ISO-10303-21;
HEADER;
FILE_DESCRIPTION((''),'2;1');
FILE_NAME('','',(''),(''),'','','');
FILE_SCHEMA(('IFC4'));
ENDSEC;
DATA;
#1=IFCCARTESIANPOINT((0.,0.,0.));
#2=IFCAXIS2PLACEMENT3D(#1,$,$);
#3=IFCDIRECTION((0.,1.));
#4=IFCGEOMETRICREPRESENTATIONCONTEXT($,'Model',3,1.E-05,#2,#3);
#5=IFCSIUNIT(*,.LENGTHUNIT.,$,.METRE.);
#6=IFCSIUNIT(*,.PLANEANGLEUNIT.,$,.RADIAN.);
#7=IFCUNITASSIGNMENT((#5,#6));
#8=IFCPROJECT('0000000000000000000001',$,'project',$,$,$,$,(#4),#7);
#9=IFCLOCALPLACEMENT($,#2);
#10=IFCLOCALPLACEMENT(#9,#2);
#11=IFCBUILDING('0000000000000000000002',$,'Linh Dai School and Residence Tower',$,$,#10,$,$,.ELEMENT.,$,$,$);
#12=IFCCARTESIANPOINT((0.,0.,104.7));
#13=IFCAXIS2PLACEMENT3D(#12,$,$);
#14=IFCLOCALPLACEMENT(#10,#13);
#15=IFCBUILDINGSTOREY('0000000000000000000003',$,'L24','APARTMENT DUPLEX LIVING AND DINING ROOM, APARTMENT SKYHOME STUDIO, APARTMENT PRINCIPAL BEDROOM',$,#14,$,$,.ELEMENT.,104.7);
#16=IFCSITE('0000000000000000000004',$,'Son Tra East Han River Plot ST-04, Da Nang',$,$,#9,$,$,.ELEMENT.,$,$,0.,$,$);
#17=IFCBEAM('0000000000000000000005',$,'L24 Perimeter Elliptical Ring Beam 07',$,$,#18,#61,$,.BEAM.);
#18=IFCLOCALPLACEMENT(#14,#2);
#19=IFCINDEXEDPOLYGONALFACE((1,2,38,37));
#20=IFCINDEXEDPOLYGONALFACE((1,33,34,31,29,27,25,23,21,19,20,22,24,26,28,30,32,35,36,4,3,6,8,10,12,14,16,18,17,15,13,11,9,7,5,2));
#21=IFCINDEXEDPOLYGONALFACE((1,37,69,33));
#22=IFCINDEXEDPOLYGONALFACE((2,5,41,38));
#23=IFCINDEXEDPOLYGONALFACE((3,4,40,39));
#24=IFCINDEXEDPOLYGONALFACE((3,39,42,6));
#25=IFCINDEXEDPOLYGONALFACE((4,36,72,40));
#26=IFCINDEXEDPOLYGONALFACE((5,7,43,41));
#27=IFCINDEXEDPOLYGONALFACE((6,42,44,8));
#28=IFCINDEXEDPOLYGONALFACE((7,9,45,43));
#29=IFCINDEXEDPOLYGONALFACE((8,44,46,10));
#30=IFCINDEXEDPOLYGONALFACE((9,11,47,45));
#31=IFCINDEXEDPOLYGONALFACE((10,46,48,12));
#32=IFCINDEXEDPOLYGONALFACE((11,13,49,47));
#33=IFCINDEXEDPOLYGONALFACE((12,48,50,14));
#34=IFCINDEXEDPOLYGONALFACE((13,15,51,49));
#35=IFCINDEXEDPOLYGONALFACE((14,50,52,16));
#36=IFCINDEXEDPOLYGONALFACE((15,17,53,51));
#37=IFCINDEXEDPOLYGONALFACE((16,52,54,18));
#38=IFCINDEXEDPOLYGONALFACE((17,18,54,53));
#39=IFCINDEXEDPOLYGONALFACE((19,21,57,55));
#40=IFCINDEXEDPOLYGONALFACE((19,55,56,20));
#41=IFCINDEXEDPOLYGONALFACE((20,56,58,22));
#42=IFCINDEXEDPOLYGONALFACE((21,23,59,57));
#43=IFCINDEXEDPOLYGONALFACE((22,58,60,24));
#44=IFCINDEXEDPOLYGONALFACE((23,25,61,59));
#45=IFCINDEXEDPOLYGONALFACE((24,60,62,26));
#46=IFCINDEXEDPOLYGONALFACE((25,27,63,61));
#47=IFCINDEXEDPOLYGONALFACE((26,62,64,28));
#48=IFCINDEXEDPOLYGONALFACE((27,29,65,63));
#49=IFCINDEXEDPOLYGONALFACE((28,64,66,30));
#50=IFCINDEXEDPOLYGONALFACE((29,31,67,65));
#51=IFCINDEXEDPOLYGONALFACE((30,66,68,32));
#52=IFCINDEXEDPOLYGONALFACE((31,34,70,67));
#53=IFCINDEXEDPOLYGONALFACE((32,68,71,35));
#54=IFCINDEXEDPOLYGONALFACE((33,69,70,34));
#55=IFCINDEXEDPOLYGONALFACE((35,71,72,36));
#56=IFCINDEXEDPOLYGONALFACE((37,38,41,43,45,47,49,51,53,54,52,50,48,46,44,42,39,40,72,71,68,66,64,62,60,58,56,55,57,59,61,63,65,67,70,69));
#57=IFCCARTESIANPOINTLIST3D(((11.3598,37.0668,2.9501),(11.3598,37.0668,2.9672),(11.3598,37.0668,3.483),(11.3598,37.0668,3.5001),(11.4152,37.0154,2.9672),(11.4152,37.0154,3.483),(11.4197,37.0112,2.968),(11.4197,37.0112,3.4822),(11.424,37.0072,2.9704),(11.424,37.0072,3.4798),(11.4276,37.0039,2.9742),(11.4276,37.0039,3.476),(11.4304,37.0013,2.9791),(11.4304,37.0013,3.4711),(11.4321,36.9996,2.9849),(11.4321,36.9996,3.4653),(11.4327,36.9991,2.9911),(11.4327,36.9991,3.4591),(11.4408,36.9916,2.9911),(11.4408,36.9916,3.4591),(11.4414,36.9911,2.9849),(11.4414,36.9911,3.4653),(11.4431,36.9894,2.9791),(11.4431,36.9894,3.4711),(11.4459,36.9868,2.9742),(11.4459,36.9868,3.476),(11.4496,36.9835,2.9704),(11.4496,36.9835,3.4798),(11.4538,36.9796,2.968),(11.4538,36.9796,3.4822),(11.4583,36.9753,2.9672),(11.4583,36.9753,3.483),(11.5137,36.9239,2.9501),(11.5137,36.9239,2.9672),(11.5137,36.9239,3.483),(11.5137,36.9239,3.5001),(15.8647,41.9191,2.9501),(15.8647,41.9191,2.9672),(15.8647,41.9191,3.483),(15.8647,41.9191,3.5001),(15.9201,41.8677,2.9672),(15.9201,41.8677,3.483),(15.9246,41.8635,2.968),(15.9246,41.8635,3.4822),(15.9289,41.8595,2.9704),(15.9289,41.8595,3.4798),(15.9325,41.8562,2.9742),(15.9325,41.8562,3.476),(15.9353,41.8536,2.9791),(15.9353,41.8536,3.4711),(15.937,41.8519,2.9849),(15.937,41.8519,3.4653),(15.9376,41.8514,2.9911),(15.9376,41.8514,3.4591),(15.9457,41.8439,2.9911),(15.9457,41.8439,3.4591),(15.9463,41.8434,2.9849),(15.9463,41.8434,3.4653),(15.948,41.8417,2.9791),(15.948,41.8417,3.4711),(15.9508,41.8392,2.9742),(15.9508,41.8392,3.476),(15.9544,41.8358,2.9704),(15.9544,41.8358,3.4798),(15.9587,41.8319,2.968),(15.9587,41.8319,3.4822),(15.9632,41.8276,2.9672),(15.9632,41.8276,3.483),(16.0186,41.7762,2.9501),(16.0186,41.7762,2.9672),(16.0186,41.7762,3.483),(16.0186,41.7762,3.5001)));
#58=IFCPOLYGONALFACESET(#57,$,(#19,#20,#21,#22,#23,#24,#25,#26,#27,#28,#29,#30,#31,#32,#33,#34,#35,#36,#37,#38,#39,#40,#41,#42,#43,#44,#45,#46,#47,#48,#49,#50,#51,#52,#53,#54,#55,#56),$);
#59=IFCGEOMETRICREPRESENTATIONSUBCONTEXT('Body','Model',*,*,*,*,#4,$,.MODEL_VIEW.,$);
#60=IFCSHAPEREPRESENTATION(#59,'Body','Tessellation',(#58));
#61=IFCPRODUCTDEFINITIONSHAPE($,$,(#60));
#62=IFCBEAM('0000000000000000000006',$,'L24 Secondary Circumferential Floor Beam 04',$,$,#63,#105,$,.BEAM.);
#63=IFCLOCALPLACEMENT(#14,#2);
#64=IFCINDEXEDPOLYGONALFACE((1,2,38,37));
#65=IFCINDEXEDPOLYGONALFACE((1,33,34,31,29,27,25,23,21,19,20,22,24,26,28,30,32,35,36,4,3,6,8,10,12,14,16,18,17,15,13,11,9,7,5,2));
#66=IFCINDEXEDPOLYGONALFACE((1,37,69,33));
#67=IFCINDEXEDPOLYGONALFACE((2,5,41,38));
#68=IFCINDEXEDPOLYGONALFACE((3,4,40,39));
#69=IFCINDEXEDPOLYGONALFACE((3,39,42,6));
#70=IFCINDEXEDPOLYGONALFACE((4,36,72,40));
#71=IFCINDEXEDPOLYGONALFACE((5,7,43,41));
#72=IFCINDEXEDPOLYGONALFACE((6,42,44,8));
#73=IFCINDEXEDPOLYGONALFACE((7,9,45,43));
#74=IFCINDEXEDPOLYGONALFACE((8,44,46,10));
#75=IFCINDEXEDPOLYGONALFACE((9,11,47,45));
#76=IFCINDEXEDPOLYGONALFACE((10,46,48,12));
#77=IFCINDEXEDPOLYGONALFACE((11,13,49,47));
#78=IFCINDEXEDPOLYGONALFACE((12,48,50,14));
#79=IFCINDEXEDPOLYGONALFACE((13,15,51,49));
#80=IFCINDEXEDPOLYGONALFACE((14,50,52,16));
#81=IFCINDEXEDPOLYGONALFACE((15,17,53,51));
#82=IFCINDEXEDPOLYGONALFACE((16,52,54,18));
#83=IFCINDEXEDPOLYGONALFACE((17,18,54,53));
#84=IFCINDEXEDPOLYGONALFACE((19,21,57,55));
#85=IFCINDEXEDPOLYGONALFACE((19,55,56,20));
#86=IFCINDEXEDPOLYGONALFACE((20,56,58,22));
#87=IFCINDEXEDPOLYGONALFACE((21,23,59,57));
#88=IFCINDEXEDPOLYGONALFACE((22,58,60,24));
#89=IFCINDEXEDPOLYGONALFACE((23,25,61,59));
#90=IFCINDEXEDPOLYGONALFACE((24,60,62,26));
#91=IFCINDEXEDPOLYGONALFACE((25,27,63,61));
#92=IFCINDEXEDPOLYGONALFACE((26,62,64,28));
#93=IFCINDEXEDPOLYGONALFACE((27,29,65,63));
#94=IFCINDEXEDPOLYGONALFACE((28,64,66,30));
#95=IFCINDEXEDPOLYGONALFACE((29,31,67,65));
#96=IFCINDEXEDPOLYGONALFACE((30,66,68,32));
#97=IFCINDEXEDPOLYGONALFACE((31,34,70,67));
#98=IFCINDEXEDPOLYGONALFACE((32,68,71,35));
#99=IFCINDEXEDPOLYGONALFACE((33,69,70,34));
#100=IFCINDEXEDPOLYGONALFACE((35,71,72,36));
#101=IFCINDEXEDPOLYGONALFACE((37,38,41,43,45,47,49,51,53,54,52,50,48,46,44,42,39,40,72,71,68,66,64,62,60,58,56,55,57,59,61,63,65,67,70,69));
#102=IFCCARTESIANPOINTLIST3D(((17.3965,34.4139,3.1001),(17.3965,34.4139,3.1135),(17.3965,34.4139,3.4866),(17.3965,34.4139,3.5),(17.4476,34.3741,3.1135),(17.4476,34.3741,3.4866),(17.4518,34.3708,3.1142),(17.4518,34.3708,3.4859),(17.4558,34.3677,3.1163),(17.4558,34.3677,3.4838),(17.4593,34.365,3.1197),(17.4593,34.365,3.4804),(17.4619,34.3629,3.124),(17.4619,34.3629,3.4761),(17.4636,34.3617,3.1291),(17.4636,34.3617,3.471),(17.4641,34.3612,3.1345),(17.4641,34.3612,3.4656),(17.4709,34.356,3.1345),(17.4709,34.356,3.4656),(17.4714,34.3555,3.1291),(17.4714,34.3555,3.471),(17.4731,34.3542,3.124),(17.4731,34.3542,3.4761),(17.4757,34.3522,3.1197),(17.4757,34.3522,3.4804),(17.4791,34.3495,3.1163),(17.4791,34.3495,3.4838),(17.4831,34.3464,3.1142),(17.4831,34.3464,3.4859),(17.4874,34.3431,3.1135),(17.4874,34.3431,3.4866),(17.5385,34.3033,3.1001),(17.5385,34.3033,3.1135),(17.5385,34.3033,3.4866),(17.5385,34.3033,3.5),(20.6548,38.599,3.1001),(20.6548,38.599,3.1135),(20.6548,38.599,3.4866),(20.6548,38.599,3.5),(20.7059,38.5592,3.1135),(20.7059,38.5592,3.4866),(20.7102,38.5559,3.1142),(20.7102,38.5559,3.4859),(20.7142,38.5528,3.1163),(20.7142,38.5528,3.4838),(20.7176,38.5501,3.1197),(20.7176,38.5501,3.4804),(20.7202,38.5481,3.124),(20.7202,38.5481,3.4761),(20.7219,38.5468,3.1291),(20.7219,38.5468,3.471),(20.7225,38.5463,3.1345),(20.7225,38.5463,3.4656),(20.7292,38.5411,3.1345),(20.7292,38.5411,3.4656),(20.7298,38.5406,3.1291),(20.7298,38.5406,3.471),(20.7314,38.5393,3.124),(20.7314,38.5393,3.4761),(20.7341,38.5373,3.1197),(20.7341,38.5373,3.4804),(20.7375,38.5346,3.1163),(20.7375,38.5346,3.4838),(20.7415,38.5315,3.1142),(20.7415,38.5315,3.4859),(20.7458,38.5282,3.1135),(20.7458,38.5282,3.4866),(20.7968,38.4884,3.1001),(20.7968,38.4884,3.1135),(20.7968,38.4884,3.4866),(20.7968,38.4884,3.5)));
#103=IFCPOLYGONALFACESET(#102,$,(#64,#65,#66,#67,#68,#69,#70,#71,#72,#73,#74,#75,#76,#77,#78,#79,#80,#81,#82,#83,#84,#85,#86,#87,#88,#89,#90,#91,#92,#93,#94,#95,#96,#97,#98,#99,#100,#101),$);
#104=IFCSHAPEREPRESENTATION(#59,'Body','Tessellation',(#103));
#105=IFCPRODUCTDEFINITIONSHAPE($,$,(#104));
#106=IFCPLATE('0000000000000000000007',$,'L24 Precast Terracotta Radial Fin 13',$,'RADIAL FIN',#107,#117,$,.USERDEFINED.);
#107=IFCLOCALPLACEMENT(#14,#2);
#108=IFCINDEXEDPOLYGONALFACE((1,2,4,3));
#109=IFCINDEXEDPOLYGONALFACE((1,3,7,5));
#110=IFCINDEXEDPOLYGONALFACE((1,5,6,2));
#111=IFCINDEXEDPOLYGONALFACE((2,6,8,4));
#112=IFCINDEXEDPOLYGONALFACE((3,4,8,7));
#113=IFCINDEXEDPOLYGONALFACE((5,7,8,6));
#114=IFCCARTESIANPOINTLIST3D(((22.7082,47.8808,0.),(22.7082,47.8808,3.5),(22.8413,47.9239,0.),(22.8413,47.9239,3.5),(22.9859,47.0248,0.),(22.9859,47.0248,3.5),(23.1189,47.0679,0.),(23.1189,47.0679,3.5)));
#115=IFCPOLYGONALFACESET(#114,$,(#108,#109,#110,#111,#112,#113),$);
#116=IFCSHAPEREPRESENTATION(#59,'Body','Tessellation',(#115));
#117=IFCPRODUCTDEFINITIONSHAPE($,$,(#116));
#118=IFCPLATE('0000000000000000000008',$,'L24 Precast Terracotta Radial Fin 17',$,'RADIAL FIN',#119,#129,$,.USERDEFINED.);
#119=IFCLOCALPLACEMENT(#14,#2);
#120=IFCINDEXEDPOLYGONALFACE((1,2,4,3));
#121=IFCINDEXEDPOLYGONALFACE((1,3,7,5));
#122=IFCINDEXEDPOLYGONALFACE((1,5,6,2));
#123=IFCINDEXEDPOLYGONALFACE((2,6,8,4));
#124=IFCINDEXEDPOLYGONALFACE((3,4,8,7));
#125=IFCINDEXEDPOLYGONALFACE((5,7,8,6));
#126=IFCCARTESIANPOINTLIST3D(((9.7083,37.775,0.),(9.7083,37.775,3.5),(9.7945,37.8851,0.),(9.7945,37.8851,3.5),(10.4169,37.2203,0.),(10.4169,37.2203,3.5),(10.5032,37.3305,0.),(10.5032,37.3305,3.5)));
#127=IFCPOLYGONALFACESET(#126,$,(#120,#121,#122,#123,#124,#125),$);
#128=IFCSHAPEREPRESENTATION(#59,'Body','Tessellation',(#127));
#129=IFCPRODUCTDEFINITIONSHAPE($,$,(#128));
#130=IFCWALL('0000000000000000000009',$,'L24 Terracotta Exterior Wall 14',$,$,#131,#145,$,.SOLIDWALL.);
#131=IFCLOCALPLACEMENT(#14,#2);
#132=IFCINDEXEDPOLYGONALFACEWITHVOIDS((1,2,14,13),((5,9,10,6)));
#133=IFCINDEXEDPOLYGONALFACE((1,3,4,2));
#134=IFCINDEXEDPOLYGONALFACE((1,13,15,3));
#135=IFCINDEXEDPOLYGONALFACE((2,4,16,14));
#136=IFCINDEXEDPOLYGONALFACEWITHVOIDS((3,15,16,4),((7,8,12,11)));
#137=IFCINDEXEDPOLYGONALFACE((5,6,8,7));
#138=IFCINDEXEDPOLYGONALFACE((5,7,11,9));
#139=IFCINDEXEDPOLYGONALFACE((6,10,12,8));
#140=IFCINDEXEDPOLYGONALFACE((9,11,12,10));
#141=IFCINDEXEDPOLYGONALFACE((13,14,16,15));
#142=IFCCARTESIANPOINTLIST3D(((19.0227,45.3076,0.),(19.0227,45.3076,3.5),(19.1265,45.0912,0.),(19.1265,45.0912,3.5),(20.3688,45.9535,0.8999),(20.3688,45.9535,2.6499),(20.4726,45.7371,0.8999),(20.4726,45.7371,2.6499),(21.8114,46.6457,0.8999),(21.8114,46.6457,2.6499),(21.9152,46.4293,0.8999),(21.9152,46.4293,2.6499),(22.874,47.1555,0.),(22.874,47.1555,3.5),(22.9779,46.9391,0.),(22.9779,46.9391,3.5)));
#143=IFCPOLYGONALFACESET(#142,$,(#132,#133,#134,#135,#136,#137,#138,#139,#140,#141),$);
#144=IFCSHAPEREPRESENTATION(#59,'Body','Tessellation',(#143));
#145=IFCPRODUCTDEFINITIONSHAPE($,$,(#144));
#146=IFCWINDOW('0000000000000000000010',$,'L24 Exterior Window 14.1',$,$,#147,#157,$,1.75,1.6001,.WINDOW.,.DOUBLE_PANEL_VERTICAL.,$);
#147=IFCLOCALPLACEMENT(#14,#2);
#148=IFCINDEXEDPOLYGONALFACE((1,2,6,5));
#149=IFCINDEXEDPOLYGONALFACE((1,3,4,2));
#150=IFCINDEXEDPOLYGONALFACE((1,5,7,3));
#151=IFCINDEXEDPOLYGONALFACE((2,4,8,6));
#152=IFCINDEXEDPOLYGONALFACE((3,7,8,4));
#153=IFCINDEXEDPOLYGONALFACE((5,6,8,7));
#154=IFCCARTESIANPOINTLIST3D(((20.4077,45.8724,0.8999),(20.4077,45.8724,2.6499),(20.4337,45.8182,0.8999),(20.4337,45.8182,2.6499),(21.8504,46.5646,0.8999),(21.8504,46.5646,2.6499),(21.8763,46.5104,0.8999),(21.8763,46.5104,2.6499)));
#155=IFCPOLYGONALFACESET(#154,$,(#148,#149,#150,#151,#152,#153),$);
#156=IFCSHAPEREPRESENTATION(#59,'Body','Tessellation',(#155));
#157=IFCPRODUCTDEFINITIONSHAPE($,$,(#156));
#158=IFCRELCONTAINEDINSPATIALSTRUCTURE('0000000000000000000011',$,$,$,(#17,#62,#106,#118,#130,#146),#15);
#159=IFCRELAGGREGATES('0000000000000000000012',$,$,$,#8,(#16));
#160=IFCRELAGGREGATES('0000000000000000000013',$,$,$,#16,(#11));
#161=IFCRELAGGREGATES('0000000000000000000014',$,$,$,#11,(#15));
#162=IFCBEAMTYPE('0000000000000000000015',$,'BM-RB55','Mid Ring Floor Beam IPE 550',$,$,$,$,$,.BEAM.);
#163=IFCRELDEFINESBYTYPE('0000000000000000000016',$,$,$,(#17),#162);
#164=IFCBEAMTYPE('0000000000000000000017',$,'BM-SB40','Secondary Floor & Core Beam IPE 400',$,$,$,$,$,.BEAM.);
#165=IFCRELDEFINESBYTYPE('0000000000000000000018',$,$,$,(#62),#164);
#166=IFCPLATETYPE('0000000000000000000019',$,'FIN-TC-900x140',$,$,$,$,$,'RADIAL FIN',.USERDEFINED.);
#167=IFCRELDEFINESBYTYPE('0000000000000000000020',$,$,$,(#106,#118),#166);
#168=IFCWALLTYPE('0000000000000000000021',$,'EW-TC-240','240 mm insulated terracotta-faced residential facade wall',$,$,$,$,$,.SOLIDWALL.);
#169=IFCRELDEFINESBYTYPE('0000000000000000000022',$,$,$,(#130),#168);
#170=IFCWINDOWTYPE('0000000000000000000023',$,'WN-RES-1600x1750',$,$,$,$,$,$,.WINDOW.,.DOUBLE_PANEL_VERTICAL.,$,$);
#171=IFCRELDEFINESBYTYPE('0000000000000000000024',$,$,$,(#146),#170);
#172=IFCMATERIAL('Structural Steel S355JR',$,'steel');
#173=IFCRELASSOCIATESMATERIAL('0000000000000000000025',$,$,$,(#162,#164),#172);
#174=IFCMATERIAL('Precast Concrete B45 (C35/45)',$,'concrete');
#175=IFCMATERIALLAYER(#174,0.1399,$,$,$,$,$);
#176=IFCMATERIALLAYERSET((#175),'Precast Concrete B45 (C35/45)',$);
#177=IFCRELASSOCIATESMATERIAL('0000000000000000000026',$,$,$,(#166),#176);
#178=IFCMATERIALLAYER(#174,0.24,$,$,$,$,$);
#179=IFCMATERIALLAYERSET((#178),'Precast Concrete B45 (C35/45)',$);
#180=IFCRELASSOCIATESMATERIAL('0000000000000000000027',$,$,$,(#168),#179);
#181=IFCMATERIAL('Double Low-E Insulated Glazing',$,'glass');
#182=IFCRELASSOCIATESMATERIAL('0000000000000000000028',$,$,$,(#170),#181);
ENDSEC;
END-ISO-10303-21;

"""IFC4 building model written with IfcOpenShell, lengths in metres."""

from ifc_helpers import new_model, si_unit, direction, frame, frame_2d, origin, origin_2d, place, context, subcontext, project, spatial, rectangle, i_section, extrude, source, transform, mapped, material, layer, layer_set, material_profile, profile_set, type_object, element, fill, save


model = new_model("IFC4")

# Units and contexts
model_context = context("Model", 3, precision=1e-05, world=origin(), true_north=direction((0.0, 1.0)))
body_context = subcontext(model_context, "Body", "Model", "MODEL_VIEW")
ifc_project = project(units=[si_unit("LENGTHUNIT", "METRE"), si_unit("PLANEANGLEUNIT", "RADIAN")], contexts=[model_context])

# Site, building, storey
site_placement = place(None, origin())
site = spatial("IfcSite", under=ifc_project, at=site_placement, Name="Son Tra East Han River Plot ST-04, Da Nang", CompositionType="ELEMENT", RefElevation=0.0)
building_placement = place(site_placement, origin())
building = spatial("IfcBuilding", under=site, at=building_placement, Name="Linh Dai School and Residence Tower", CompositionType="ELEMENT")
storey_placement = place(building_placement, frame((0.0, 0.0, 104.7)))
storey = spatial("IfcBuildingStorey", under=building, at=storey_placement, Name="L24", Description="APARTMENT DUPLEX LIVING AND DINING ROOM, APARTMENT SKYHOME STUDIO, APARTMENT PRINCIPAL BEDROOM", CompositionType="ELEMENT", Elevation=104.7)

# Shared definitions
ifc_material_1 = material(Name="Structural Steel S355JR", Category="steel")

# Beams
ifc_material_profile_1 = material_profile(ifc_material_1, i_section(OverallWidth=0.21, OverallDepth=0.55, WebThickness=0.011, FlangeThickness=0.0171, FilletRadius=0.0239, at=origin_2d()), Name="IPE 550")
ifc_profile_set_1 = profile_set([ifc_material_profile_1], Name="Structural Steel S355JR")
beam_type_1 = type_object("IfcBeamType", Name="BM-RB55", Description="Mid Ring Floor Beam IPE 550", PredefinedType="BEAM", material=ifc_profile_set_1)
beam_1_placement = place(storey_placement, frame((15.9417, 41.8477, 3.2251), z_axis=(-0.680385, -0.732855, 0.0), x_axis=(0.732855, -0.680385, 0.0)))
element("IfcBeam", 1, at=beam_1_placement, inside=storey, type_object=beam_type_1, Name="L24 Perimeter Elliptical Ring Beam 07", PredefinedType="BEAM", context=body_context, shape_type="SweptSolid", body=[
    extrude(i_section(OverallWidth=0.21, OverallDepth=0.55, WebThickness=0.011, FlangeThickness=0.0171, FilletRadius=0.0239, at=origin_2d()), origin(), (0.0, 0.0, 1.0), 6.6211),
])
ifc_material_profile_2 = material_profile(ifc_material_1, i_section(OverallWidth=0.1799, OverallDepth=0.3999, WebThickness=0.0085, FlangeThickness=0.0134, FilletRadius=0.021, at=origin_2d()), Name="IPE 400")
ifc_profile_set_2 = profile_set([ifc_material_profile_2], Name="Structural Steel S355JR")
beam_type_2 = type_object("IfcBeamType", Name="BM-SB40", Description="Secondary Floor & Core Beam IPE 400", PredefinedType="BEAM", material=ifc_profile_set_2)
beam_2_placement = place(storey_placement, frame((20.7258, 38.5437, 3.3), z_axis=(-0.614323, -0.789055, 0.0), x_axis=(0.789055, -0.614323, 0.0)))
element("IfcBeam", 2, at=beam_2_placement, inside=storey, type_object=beam_type_2, Name="L24 Secondary Circumferential Floor Beam 04", PredefinedType="BEAM", context=body_context, shape_type="SweptSolid", body=[
    extrude(i_section(OverallWidth=0.1799, OverallDepth=0.3999, WebThickness=0.0085, FlangeThickness=0.0134, FilletRadius=0.021, at=origin_2d()), origin(), (0.0, 0.0, 1.0), 5.304),
])

# Plates
ifc_material_2 = material(Name="Precast Concrete B45 (C35/45)", Category="concrete")
ifc_layer_1 = layer(ifc_material_2, 0.1399)
ifc_layer_set_1 = layer_set([ifc_layer_1], Name="Precast Concrete B45 (C35/45)")
plate_type = type_object("IfcPlateType", Name="FIN-TC-900x140", ElementType="RADIAL FIN", PredefinedType="USERDEFINED", material=ifc_layer_set_1)
shared_shape_1 = source(origin(), body_context, "Body", "SweptSolid", [
    extrude(rectangle(XDim=0.8999, YDim=0.1399, at=origin_2d()), origin(), (0.0, 0.0, 1.0), 3.5),
])
for number, where, z_axis, x_axis, name in (
    (3, (22.9136, 47.4744, 0.0), (0.0, 0.0, 1.0), (-0.308522, 0.951217, 0.0), "L24 Precast Terracotta Radial Fin 13"),
    (4, (10.1057, 37.5527, 0.0), (0.0, 0.0, 1.0), (-0.787508, 0.616305, 0.0), "L24 Precast Terracotta Radial Fin 17"),
):
    element("IfcPlate", number, at=place(storey_placement, frame(where, z_axis=z_axis, x_axis=x_axis)), inside=storey, type_object=plate_type, Name=name, ObjectType="RADIAL FIN", PredefinedType="USERDEFINED", context=body_context, shape_type="MappedRepresentation", body=[
        mapped(shared_shape_1, transform((0.0, 0.0, 0.0), x_axis=(1.0, 0.0, 0.0), y_axis=(0.0, 1.0, 0.0), z_axis=(0.0, 0.0, 1.0), scale=1.0)),
    ])

# Shared definitions
ifc_layer_2 = layer(ifc_material_2, 0.24)
ifc_layer_set_2 = layer_set([ifc_layer_2], Name="Precast Concrete B45 (C35/45)")
wall_type_1 = type_object("IfcWallType", Name="EW-TC-240", Description="240 mm insulated terracotta-faced residential facade wall", PredefinedType="SOLIDWALL", material=ifc_layer_set_2)

# Wall, opening, window
wall_1_placement = place(storey_placement, frame((19.0747, 45.1995, 0.0), z_axis=(0.0, 0.0, 1.0), x_axis=(0.90159, 0.432592, 0.0)))
wall_1 = element("IfcWall", 5, at=wall_1_placement, inside=storey, type_object=wall_type_1, Name="L24 Terracotta Exterior Wall 14", PredefinedType="SOLIDWALL", context=body_context, shape_type="SweptSolid", body=[
    extrude(rectangle(XDim=4.2717, YDim=0.24, at=frame_2d((2.1357, 0.0))), origin(), (0.0, 0.0, 1.0), 3.5),
])
opening_1_placement = place(wall_1_placement, frame((1.4929, 0.0, 0.8999)))
opening_1 = element("IfcOpeningElement", 6, at=opening_1_placement, cuts=wall_1, PredefinedType="OPENING", context=body_context, shape_type="SweptSolid", body=[
    extrude(rectangle(XDim=1.6001, YDim=1.75, at=origin_2d()), frame((0.8, 0.1299, 0.875), z_axis=(0.0, -1.0, 0.0), x_axis=(1.0, 0.0, 0.0)), (0.0, 0.0, 1.0), 0.26),
])
ifc_material_3 = material(Name="Double Low-E Insulated Glazing", Category="glass")
window_type_1 = type_object("IfcWindowType", Name="WN-RES-1600x1750", PartitioningType="DOUBLE_PANEL_VERTICAL", PredefinedType="WINDOW", material=ifc_material_3)
shared_shape_2 = source(origin(), body_context, "Body", "SweptSolid", [
    extrude(rectangle(XDim=1.6001, YDim=1.75, at=origin_2d()), frame((0.8, 0.03, 0.875), z_axis=(0.0, -1.0, 0.0), x_axis=(1.0, 0.0, 0.0)), (0.0, 0.0, 1.0), 0.0601),
])
window_1_placement = place(opening_1_placement, origin())
window_1 = element("IfcWindow", 7, at=window_1_placement, inside=storey, type_object=window_type_1, Name="L24 Exterior Window 14.1", OverallHeight=1.75, OverallWidth=1.6001, PartitioningType="DOUBLE_PANEL_VERTICAL", PredefinedType="WINDOW", context=body_context, shape_type="MappedRepresentation", body=[
    mapped(shared_shape_2, transform((0.0, 0.0, 0.0), x_axis=(1.0, 0.0, 0.0), y_axis=(0.0, 1.0, 0.0), z_axis=(0.0, 0.0, 1.0), scale=1.0)),
])
fill(opening_1, window_1)

save(model, "model.ifc")
